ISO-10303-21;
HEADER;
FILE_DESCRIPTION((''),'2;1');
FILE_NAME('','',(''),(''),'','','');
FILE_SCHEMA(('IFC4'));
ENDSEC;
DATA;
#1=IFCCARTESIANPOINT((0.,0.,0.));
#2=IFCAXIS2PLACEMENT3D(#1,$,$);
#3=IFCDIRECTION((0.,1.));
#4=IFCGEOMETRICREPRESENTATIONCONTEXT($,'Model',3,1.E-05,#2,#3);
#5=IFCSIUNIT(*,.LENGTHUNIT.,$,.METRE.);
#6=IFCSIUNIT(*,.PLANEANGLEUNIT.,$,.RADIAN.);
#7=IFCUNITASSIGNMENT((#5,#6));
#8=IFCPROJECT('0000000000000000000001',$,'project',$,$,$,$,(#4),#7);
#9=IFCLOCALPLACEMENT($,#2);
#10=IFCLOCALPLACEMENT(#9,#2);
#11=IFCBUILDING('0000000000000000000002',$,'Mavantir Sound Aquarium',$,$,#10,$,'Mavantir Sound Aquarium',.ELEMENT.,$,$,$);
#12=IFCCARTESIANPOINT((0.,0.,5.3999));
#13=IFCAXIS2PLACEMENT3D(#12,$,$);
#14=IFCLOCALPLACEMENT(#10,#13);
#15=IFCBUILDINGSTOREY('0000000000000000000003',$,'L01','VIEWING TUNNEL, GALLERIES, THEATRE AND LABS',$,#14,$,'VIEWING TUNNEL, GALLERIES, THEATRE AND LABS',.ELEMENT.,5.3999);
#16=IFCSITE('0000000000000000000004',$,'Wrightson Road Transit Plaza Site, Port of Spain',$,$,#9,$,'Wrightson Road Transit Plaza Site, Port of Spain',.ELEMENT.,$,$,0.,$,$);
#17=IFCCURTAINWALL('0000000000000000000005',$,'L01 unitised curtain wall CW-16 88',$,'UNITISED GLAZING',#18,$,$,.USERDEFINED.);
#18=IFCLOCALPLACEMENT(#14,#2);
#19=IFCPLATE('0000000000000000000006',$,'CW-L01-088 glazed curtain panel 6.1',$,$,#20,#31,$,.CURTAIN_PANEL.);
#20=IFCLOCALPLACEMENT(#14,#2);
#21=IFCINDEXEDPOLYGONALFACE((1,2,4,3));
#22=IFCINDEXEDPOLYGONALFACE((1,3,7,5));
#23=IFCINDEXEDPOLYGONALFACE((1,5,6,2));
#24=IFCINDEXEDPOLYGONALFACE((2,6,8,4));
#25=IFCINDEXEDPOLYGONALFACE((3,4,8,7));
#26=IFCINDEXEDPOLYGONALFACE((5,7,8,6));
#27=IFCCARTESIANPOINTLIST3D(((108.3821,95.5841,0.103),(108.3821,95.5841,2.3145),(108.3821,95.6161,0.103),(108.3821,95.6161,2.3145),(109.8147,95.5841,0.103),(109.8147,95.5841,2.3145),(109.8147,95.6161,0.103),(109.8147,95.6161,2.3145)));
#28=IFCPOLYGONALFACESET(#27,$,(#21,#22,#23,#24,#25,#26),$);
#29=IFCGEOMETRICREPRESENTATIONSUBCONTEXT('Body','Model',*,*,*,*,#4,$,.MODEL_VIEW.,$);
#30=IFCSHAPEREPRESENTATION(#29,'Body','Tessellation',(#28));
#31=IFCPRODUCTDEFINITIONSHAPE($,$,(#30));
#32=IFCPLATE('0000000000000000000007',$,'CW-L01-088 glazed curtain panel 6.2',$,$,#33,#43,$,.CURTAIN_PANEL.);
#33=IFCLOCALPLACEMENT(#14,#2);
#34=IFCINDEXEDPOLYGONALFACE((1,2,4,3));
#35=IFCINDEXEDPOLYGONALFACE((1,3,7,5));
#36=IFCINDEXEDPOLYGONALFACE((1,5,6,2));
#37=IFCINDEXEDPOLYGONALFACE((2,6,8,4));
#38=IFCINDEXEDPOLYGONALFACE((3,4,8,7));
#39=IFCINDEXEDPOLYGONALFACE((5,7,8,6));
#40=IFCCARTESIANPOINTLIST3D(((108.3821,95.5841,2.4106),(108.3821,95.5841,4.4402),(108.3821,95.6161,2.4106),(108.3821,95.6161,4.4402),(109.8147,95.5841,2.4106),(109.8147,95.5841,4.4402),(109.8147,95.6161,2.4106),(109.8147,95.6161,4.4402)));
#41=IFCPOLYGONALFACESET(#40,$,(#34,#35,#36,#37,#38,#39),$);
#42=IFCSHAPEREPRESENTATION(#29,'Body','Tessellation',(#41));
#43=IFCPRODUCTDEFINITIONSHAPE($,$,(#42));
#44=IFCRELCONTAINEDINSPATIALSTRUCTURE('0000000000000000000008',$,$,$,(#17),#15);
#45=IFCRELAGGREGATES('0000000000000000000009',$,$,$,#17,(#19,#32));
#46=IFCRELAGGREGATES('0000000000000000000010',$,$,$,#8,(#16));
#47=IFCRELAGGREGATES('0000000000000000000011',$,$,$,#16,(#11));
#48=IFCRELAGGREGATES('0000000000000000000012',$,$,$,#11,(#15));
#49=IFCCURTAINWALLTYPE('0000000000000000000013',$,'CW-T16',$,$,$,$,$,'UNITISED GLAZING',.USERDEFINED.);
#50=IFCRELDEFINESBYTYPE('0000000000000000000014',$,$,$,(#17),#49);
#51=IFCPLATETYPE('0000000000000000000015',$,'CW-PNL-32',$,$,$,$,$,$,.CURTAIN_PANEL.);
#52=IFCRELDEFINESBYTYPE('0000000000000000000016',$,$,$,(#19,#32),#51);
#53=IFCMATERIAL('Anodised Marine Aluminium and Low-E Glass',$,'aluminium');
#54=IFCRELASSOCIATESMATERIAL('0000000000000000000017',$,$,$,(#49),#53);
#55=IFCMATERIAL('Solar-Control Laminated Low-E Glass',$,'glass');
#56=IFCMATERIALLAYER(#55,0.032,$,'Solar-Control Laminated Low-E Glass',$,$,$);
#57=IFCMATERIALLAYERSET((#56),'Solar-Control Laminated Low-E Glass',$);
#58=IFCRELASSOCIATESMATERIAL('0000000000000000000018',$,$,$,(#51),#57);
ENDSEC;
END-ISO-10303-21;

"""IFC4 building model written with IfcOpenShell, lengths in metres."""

from ifc_helpers import new_model, si_unit, direction, frame, origin, origin_2d, place, context, subcontext, project, spatial, rectangle, extrude, material, layer, layer_set, type_object, element, aggregate, save


model = new_model("IFC4")

# Units and contexts
model_context = context("Model", 3, precision=1e-05, world=origin(), true_north=direction((0.0, 1.0)))
body_context = subcontext(model_context, "Body", "Model", "MODEL_VIEW")
ifc_project = project(units=[si_unit("LENGTHUNIT", "METRE"), si_unit("PLANEANGLEUNIT", "RADIAN")], contexts=[model_context])

# Site, building, storey
site_placement = place(None, origin())
site = spatial("IfcSite", under=ifc_project, at=site_placement, Name="Wrightson Road Transit Plaza Site, Port of Spain", LongName="Wrightson Road Transit Plaza Site, Port of Spain", CompositionType="ELEMENT", RefElevation=0.0)
building_placement = place(site_placement, origin())
building = spatial("IfcBuilding", under=site, at=building_placement, Name="Mavantir Sound Aquarium", LongName="Mavantir Sound Aquarium", CompositionType="ELEMENT")
storey_placement = place(building_placement, frame((0.0, 0.0, 5.3999)))
storey = spatial("IfcBuildingStorey", under=building, at=storey_placement, Name="L01", Description="VIEWING TUNNEL, GALLERIES, THEATRE AND LABS", LongName="VIEWING TUNNEL, GALLERIES, THEATRE AND LABS", CompositionType="ELEMENT", Elevation=5.3999)

# Curtain wall, plates
ifc_material_1 = material(Name="Anodised Marine Aluminium and Low-E Glass", Category="aluminium")
curtain_wall_type = type_object("IfcCurtainWallType", Name="CW-T16", ElementType="UNITISED GLAZING", PredefinedType="USERDEFINED", material=ifc_material_1)
curtain_wall_placement = place(storey_placement, origin())
curtain_wall = element("IfcCurtainWall", 1, at=curtain_wall_placement, inside=storey, type_object=curtain_wall_type, Name="L01 unitised curtain wall CW-16 88", ObjectType="UNITISED GLAZING", PredefinedType="USERDEFINED")
ifc_material_2 = material(Name="Solar-Control Laminated Low-E Glass", Category="glass")
ifc_layer = layer(ifc_material_2, 0.032, Name="Solar-Control Laminated Low-E Glass")
ifc_layer_set = layer_set([ifc_layer], Name="Solar-Control Laminated Low-E Glass")
plate_type = type_object("IfcPlateType", Name="CW-PNL-32", PredefinedType="CURTAIN_PANEL", material=ifc_layer_set)
plate_1_placement = place(storey_placement, frame((109.0984, 95.6001, 0.103), z_axis=(0.0, 0.0, 1.0), x_axis=(-1.0, 0.0, 0.0)))
plate_1 = element("IfcPlate", 2, at=plate_1_placement, type_object=plate_type, Name="CW-L01-088 glazed curtain panel 6.1", PredefinedType="CURTAIN_PANEL", context=body_context, shape_type="SweptSolid", body=[
    extrude(rectangle(XDim=1.4326, YDim=0.032, at=origin_2d()), origin(), (0.0, 0.0, 1.0), 2.2114),
])
plate_2_placement = place(storey_placement, frame((109.0984, 95.6001, 2.4106), z_axis=(0.0, 0.0, 1.0), x_axis=(-1.0, 0.0, 0.0)))
plate_2 = element("IfcPlate", 3, at=plate_2_placement, type_object=plate_type, Name="CW-L01-088 glazed curtain panel 6.2", PredefinedType="CURTAIN_PANEL", context=body_context, shape_type="SweptSolid", body=[
    extrude(rectangle(XDim=1.4326, YDim=0.032, at=origin_2d()), origin(), (0.0, 0.0, 1.0), 2.0295),
])
aggregate(curtain_wall, [plate_1, plate_2])

save(model, "model.ifc")
